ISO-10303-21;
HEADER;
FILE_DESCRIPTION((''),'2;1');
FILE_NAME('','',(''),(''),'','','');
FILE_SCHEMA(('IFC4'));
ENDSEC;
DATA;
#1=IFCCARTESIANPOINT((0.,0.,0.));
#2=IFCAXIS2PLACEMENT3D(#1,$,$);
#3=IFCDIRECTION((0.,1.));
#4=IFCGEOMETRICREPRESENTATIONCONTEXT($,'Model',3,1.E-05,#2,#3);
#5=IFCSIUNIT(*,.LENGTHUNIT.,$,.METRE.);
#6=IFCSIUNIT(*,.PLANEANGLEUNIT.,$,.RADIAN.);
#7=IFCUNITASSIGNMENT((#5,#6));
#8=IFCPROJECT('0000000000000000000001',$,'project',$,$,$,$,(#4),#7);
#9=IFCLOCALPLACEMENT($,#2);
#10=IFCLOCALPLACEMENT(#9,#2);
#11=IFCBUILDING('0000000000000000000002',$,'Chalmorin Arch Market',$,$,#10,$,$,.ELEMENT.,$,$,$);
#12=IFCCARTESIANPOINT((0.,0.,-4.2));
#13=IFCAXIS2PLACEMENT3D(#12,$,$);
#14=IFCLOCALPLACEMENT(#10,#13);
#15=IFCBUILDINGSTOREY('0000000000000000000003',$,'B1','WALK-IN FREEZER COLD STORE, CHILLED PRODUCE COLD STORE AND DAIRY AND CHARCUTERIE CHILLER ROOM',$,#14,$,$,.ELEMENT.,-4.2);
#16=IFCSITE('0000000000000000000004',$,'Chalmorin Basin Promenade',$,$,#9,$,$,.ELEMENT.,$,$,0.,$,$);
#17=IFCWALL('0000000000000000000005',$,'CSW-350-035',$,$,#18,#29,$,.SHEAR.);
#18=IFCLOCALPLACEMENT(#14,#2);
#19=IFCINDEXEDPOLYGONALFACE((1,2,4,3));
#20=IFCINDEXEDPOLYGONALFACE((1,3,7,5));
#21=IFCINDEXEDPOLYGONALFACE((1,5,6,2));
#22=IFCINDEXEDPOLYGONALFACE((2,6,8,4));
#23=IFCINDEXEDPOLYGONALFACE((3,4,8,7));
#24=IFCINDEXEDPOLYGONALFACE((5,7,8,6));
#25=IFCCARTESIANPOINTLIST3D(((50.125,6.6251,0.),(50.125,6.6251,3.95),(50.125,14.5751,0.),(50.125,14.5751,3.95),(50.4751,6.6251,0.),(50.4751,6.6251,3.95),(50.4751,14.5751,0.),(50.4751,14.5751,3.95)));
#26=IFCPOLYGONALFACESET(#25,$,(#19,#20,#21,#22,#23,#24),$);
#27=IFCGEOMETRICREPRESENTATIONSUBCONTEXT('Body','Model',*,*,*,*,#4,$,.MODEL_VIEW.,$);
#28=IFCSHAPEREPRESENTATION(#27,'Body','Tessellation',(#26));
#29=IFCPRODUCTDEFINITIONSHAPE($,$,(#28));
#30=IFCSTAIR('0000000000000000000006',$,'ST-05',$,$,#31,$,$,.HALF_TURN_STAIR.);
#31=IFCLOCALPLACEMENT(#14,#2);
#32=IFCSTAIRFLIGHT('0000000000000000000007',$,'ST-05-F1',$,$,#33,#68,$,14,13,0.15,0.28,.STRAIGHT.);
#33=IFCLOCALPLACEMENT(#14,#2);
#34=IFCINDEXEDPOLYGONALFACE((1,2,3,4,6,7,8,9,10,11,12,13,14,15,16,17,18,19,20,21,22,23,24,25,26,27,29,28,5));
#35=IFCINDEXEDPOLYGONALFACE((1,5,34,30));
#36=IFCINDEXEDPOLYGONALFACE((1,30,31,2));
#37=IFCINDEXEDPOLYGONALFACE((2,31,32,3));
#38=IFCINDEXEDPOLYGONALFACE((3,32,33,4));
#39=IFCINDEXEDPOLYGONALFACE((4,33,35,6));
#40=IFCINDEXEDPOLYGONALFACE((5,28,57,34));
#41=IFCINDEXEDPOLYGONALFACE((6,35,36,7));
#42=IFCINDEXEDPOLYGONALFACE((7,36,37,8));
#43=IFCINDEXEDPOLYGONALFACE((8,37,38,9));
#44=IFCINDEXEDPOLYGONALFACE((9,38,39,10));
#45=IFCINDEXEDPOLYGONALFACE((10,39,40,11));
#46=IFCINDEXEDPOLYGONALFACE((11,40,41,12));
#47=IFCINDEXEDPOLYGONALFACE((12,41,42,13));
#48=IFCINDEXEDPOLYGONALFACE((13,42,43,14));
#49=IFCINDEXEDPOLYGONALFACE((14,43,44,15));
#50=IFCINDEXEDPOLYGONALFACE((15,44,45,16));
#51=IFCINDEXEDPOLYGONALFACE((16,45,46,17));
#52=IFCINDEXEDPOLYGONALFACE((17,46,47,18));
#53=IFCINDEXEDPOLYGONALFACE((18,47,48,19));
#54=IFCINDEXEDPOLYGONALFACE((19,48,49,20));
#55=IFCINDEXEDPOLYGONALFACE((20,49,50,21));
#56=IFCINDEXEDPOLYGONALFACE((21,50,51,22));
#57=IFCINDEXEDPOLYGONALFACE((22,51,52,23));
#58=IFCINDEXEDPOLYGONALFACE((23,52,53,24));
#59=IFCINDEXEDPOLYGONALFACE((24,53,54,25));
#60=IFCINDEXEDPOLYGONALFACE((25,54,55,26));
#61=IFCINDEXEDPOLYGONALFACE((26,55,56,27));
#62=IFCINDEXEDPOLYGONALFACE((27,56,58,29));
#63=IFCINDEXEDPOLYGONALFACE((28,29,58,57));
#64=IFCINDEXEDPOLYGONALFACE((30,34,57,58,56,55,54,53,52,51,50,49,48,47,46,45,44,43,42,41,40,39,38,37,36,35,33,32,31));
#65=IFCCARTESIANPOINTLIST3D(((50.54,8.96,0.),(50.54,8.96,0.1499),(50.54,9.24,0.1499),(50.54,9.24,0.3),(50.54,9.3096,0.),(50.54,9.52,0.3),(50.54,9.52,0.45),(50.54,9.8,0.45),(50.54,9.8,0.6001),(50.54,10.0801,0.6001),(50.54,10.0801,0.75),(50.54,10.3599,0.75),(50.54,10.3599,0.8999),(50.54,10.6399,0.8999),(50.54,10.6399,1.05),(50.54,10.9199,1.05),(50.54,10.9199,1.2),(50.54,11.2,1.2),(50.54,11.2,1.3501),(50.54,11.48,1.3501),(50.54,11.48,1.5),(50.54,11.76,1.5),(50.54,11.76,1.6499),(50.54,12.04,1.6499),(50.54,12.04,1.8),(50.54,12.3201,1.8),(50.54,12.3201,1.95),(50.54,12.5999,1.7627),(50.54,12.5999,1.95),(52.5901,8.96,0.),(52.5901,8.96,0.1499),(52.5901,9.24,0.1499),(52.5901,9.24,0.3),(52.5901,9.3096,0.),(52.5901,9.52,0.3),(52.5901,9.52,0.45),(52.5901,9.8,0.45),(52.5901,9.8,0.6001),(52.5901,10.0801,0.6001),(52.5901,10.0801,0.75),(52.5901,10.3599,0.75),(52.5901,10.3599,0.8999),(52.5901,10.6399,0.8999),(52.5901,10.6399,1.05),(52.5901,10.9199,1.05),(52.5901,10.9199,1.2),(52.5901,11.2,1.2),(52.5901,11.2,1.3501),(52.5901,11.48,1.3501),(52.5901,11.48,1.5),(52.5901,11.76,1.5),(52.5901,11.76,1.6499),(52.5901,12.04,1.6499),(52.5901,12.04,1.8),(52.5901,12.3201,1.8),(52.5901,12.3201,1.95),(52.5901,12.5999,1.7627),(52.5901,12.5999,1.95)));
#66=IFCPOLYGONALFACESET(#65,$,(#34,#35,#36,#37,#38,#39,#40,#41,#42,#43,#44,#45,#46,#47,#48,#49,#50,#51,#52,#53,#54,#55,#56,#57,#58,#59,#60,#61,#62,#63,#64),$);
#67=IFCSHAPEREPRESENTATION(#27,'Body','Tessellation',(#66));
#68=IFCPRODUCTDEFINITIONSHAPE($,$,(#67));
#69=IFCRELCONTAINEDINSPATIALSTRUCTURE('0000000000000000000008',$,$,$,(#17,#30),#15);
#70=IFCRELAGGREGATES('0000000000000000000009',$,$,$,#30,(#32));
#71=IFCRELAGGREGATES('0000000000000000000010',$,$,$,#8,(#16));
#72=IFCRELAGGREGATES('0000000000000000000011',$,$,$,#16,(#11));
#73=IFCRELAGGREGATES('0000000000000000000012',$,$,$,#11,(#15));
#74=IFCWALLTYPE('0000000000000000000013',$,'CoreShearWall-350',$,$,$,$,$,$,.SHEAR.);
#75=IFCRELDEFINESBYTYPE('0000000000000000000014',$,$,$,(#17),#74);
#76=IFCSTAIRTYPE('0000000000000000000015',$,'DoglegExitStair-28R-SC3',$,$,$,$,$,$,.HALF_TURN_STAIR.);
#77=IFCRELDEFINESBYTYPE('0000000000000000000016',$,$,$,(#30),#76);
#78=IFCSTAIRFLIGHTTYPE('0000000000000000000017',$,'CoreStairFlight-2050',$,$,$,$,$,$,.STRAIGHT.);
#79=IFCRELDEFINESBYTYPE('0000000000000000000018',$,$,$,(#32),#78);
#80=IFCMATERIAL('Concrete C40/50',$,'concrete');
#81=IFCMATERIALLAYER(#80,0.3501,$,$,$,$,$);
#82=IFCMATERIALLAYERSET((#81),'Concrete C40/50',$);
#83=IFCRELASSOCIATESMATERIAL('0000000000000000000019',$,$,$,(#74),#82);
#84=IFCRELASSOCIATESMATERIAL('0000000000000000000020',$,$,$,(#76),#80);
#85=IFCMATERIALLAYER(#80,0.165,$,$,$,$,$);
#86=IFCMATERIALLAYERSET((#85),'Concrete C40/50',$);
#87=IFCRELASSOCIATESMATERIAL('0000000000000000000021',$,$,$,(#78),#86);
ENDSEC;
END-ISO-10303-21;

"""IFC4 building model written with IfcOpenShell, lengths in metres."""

from ifc_helpers import new_model, si_unit, direction, frame, frame_2d, origin, place, context, subcontext, project, spatial, polyline, rectangle, outline, extrude, material, layer, layer_set, type_object, element, aggregate, save


model = new_model("IFC4")

# Units and contexts
model_context = context("Model", 3, precision=1e-05, world=origin(), true_north=direction((0.0, 1.0)))
body_context = subcontext(model_context, "Body", "Model", "MODEL_VIEW")
ifc_project = project(units=[si_unit("LENGTHUNIT", "METRE"), si_unit("PLANEANGLEUNIT", "RADIAN")], contexts=[model_context])

# Site, building, storey
site_placement = place(None, origin())
site = spatial("IfcSite", under=ifc_project, at=site_placement, Name="Chalmorin Basin Promenade", CompositionType="ELEMENT", RefElevation=0.0)
building_placement = place(site_placement, origin())
building = spatial("IfcBuilding", under=site, at=building_placement, Name="Chalmorin Arch Market", CompositionType="ELEMENT")
storey_placement = place(building_placement, frame((0.0, 0.0, -4.2)))
storey = spatial("IfcBuildingStorey", under=building, at=storey_placement, Name="B1", Description="WALK-IN FREEZER COLD STORE, CHILLED PRODUCE COLD STORE AND DAIRY AND CHARCUTERIE CHILLER ROOM", CompositionType="ELEMENT", Elevation=-4.2)

# Shared definitions
ifc_material_1 = material(Name="Concrete C40/50", Category="concrete")

# Wall
ifc_layer_1 = layer(ifc_material_1, 0.3501)
ifc_layer_set_1 = layer_set([ifc_layer_1], Name="Concrete C40/50")
wall_type = type_object("IfcWallType", Name="CoreShearWall-350", PredefinedType="SHEAR", material=ifc_layer_set_1)
wall_1_placement = place(storey_placement, frame((50.3, 6.625, 0.0), z_axis=(0.0, 0.0, 1.0), x_axis=(0.0, 1.0, 0.0)))
element("IfcWall", 1, at=wall_1_placement, inside=storey, type_object=wall_type, Name="CSW-350-035", PredefinedType="SHEAR", context=body_context, shape_type="SweptSolid", body=[
    extrude(rectangle(XDim=7.95, YDim=0.3501, at=frame_2d((3.9751, 0.0))), origin(), (0.0, 0.0, 1.0), 3.95),
])

# Stair, stair flight
stair_type = type_object("IfcStairType", Name="DoglegExitStair-28R-SC3", PredefinedType="HALF_TURN_STAIR", material=ifc_material_1)
stair_placement = place(storey_placement, origin())
stair = element("IfcStair", 2, at=stair_placement, inside=storey, type_object=stair_type, Name="ST-05", PredefinedType="HALF_TURN_STAIR")
ifc_layer_2 = layer(ifc_material_1, 0.165)
ifc_layer_set_2 = layer_set([ifc_layer_2], Name="Concrete C40/50")
stair_flight_type = type_object("IfcStairFlightType", Name="CoreStairFlight-2050", PredefinedType="STRAIGHT", material=ifc_layer_set_2)
stair_flight_placement = place(storey_placement, frame((51.5649, 8.96, 0.0), z_axis=(0.0, 0.0, 1.0), x_axis=(0.0, 1.0, 0.0)))
stair_flight = element("IfcStairFlight", 3, at=stair_flight_placement, type_object=stair_flight_type, Name="ST-05-F1", NumberOfRisers=14, NumberOfTreads=13, PredefinedType="STRAIGHT", RiserHeight=0.15, TreadLength=0.28, context=body_context, shape_type="SweptSolid", body=[
    extrude(outline(polyline([(0.0, 0.0), (0.0, 0.1499), (0.28, 0.1499), (0.28, 0.3), (0.5601, 0.3), (0.5601, 0.45), (0.8401, 0.45), (0.8401, 0.6001), (1.1201, 0.6001), (1.1201, 0.75), (1.3999, 0.75), (1.3999, 0.8999), (1.6799, 0.8999), (1.6799, 1.05), (1.96, 1.05), (1.96, 1.2), (2.24, 1.2), (2.24, 1.3501), (2.52, 1.3501), (2.52, 1.5), (2.8, 1.5), (2.8, 1.6499), (3.0801, 1.6499), (3.0801, 1.8), (3.3601, 1.8), (3.3601, 1.95), (3.6399, 1.95), (3.6399, 2.1001), (3.6399, 1.7627), (0.3496, 0.0), (0.0, 0.0)])), frame((0.0, 1.0249, 0.0), z_axis=(0.0, -1.0, 0.0), x_axis=(1.0, 0.0, 0.0)), (0.0, 0.0, 1.0), 2.05),
])
aggregate(stair, [stair_flight])

save(model, "model.ifc")
